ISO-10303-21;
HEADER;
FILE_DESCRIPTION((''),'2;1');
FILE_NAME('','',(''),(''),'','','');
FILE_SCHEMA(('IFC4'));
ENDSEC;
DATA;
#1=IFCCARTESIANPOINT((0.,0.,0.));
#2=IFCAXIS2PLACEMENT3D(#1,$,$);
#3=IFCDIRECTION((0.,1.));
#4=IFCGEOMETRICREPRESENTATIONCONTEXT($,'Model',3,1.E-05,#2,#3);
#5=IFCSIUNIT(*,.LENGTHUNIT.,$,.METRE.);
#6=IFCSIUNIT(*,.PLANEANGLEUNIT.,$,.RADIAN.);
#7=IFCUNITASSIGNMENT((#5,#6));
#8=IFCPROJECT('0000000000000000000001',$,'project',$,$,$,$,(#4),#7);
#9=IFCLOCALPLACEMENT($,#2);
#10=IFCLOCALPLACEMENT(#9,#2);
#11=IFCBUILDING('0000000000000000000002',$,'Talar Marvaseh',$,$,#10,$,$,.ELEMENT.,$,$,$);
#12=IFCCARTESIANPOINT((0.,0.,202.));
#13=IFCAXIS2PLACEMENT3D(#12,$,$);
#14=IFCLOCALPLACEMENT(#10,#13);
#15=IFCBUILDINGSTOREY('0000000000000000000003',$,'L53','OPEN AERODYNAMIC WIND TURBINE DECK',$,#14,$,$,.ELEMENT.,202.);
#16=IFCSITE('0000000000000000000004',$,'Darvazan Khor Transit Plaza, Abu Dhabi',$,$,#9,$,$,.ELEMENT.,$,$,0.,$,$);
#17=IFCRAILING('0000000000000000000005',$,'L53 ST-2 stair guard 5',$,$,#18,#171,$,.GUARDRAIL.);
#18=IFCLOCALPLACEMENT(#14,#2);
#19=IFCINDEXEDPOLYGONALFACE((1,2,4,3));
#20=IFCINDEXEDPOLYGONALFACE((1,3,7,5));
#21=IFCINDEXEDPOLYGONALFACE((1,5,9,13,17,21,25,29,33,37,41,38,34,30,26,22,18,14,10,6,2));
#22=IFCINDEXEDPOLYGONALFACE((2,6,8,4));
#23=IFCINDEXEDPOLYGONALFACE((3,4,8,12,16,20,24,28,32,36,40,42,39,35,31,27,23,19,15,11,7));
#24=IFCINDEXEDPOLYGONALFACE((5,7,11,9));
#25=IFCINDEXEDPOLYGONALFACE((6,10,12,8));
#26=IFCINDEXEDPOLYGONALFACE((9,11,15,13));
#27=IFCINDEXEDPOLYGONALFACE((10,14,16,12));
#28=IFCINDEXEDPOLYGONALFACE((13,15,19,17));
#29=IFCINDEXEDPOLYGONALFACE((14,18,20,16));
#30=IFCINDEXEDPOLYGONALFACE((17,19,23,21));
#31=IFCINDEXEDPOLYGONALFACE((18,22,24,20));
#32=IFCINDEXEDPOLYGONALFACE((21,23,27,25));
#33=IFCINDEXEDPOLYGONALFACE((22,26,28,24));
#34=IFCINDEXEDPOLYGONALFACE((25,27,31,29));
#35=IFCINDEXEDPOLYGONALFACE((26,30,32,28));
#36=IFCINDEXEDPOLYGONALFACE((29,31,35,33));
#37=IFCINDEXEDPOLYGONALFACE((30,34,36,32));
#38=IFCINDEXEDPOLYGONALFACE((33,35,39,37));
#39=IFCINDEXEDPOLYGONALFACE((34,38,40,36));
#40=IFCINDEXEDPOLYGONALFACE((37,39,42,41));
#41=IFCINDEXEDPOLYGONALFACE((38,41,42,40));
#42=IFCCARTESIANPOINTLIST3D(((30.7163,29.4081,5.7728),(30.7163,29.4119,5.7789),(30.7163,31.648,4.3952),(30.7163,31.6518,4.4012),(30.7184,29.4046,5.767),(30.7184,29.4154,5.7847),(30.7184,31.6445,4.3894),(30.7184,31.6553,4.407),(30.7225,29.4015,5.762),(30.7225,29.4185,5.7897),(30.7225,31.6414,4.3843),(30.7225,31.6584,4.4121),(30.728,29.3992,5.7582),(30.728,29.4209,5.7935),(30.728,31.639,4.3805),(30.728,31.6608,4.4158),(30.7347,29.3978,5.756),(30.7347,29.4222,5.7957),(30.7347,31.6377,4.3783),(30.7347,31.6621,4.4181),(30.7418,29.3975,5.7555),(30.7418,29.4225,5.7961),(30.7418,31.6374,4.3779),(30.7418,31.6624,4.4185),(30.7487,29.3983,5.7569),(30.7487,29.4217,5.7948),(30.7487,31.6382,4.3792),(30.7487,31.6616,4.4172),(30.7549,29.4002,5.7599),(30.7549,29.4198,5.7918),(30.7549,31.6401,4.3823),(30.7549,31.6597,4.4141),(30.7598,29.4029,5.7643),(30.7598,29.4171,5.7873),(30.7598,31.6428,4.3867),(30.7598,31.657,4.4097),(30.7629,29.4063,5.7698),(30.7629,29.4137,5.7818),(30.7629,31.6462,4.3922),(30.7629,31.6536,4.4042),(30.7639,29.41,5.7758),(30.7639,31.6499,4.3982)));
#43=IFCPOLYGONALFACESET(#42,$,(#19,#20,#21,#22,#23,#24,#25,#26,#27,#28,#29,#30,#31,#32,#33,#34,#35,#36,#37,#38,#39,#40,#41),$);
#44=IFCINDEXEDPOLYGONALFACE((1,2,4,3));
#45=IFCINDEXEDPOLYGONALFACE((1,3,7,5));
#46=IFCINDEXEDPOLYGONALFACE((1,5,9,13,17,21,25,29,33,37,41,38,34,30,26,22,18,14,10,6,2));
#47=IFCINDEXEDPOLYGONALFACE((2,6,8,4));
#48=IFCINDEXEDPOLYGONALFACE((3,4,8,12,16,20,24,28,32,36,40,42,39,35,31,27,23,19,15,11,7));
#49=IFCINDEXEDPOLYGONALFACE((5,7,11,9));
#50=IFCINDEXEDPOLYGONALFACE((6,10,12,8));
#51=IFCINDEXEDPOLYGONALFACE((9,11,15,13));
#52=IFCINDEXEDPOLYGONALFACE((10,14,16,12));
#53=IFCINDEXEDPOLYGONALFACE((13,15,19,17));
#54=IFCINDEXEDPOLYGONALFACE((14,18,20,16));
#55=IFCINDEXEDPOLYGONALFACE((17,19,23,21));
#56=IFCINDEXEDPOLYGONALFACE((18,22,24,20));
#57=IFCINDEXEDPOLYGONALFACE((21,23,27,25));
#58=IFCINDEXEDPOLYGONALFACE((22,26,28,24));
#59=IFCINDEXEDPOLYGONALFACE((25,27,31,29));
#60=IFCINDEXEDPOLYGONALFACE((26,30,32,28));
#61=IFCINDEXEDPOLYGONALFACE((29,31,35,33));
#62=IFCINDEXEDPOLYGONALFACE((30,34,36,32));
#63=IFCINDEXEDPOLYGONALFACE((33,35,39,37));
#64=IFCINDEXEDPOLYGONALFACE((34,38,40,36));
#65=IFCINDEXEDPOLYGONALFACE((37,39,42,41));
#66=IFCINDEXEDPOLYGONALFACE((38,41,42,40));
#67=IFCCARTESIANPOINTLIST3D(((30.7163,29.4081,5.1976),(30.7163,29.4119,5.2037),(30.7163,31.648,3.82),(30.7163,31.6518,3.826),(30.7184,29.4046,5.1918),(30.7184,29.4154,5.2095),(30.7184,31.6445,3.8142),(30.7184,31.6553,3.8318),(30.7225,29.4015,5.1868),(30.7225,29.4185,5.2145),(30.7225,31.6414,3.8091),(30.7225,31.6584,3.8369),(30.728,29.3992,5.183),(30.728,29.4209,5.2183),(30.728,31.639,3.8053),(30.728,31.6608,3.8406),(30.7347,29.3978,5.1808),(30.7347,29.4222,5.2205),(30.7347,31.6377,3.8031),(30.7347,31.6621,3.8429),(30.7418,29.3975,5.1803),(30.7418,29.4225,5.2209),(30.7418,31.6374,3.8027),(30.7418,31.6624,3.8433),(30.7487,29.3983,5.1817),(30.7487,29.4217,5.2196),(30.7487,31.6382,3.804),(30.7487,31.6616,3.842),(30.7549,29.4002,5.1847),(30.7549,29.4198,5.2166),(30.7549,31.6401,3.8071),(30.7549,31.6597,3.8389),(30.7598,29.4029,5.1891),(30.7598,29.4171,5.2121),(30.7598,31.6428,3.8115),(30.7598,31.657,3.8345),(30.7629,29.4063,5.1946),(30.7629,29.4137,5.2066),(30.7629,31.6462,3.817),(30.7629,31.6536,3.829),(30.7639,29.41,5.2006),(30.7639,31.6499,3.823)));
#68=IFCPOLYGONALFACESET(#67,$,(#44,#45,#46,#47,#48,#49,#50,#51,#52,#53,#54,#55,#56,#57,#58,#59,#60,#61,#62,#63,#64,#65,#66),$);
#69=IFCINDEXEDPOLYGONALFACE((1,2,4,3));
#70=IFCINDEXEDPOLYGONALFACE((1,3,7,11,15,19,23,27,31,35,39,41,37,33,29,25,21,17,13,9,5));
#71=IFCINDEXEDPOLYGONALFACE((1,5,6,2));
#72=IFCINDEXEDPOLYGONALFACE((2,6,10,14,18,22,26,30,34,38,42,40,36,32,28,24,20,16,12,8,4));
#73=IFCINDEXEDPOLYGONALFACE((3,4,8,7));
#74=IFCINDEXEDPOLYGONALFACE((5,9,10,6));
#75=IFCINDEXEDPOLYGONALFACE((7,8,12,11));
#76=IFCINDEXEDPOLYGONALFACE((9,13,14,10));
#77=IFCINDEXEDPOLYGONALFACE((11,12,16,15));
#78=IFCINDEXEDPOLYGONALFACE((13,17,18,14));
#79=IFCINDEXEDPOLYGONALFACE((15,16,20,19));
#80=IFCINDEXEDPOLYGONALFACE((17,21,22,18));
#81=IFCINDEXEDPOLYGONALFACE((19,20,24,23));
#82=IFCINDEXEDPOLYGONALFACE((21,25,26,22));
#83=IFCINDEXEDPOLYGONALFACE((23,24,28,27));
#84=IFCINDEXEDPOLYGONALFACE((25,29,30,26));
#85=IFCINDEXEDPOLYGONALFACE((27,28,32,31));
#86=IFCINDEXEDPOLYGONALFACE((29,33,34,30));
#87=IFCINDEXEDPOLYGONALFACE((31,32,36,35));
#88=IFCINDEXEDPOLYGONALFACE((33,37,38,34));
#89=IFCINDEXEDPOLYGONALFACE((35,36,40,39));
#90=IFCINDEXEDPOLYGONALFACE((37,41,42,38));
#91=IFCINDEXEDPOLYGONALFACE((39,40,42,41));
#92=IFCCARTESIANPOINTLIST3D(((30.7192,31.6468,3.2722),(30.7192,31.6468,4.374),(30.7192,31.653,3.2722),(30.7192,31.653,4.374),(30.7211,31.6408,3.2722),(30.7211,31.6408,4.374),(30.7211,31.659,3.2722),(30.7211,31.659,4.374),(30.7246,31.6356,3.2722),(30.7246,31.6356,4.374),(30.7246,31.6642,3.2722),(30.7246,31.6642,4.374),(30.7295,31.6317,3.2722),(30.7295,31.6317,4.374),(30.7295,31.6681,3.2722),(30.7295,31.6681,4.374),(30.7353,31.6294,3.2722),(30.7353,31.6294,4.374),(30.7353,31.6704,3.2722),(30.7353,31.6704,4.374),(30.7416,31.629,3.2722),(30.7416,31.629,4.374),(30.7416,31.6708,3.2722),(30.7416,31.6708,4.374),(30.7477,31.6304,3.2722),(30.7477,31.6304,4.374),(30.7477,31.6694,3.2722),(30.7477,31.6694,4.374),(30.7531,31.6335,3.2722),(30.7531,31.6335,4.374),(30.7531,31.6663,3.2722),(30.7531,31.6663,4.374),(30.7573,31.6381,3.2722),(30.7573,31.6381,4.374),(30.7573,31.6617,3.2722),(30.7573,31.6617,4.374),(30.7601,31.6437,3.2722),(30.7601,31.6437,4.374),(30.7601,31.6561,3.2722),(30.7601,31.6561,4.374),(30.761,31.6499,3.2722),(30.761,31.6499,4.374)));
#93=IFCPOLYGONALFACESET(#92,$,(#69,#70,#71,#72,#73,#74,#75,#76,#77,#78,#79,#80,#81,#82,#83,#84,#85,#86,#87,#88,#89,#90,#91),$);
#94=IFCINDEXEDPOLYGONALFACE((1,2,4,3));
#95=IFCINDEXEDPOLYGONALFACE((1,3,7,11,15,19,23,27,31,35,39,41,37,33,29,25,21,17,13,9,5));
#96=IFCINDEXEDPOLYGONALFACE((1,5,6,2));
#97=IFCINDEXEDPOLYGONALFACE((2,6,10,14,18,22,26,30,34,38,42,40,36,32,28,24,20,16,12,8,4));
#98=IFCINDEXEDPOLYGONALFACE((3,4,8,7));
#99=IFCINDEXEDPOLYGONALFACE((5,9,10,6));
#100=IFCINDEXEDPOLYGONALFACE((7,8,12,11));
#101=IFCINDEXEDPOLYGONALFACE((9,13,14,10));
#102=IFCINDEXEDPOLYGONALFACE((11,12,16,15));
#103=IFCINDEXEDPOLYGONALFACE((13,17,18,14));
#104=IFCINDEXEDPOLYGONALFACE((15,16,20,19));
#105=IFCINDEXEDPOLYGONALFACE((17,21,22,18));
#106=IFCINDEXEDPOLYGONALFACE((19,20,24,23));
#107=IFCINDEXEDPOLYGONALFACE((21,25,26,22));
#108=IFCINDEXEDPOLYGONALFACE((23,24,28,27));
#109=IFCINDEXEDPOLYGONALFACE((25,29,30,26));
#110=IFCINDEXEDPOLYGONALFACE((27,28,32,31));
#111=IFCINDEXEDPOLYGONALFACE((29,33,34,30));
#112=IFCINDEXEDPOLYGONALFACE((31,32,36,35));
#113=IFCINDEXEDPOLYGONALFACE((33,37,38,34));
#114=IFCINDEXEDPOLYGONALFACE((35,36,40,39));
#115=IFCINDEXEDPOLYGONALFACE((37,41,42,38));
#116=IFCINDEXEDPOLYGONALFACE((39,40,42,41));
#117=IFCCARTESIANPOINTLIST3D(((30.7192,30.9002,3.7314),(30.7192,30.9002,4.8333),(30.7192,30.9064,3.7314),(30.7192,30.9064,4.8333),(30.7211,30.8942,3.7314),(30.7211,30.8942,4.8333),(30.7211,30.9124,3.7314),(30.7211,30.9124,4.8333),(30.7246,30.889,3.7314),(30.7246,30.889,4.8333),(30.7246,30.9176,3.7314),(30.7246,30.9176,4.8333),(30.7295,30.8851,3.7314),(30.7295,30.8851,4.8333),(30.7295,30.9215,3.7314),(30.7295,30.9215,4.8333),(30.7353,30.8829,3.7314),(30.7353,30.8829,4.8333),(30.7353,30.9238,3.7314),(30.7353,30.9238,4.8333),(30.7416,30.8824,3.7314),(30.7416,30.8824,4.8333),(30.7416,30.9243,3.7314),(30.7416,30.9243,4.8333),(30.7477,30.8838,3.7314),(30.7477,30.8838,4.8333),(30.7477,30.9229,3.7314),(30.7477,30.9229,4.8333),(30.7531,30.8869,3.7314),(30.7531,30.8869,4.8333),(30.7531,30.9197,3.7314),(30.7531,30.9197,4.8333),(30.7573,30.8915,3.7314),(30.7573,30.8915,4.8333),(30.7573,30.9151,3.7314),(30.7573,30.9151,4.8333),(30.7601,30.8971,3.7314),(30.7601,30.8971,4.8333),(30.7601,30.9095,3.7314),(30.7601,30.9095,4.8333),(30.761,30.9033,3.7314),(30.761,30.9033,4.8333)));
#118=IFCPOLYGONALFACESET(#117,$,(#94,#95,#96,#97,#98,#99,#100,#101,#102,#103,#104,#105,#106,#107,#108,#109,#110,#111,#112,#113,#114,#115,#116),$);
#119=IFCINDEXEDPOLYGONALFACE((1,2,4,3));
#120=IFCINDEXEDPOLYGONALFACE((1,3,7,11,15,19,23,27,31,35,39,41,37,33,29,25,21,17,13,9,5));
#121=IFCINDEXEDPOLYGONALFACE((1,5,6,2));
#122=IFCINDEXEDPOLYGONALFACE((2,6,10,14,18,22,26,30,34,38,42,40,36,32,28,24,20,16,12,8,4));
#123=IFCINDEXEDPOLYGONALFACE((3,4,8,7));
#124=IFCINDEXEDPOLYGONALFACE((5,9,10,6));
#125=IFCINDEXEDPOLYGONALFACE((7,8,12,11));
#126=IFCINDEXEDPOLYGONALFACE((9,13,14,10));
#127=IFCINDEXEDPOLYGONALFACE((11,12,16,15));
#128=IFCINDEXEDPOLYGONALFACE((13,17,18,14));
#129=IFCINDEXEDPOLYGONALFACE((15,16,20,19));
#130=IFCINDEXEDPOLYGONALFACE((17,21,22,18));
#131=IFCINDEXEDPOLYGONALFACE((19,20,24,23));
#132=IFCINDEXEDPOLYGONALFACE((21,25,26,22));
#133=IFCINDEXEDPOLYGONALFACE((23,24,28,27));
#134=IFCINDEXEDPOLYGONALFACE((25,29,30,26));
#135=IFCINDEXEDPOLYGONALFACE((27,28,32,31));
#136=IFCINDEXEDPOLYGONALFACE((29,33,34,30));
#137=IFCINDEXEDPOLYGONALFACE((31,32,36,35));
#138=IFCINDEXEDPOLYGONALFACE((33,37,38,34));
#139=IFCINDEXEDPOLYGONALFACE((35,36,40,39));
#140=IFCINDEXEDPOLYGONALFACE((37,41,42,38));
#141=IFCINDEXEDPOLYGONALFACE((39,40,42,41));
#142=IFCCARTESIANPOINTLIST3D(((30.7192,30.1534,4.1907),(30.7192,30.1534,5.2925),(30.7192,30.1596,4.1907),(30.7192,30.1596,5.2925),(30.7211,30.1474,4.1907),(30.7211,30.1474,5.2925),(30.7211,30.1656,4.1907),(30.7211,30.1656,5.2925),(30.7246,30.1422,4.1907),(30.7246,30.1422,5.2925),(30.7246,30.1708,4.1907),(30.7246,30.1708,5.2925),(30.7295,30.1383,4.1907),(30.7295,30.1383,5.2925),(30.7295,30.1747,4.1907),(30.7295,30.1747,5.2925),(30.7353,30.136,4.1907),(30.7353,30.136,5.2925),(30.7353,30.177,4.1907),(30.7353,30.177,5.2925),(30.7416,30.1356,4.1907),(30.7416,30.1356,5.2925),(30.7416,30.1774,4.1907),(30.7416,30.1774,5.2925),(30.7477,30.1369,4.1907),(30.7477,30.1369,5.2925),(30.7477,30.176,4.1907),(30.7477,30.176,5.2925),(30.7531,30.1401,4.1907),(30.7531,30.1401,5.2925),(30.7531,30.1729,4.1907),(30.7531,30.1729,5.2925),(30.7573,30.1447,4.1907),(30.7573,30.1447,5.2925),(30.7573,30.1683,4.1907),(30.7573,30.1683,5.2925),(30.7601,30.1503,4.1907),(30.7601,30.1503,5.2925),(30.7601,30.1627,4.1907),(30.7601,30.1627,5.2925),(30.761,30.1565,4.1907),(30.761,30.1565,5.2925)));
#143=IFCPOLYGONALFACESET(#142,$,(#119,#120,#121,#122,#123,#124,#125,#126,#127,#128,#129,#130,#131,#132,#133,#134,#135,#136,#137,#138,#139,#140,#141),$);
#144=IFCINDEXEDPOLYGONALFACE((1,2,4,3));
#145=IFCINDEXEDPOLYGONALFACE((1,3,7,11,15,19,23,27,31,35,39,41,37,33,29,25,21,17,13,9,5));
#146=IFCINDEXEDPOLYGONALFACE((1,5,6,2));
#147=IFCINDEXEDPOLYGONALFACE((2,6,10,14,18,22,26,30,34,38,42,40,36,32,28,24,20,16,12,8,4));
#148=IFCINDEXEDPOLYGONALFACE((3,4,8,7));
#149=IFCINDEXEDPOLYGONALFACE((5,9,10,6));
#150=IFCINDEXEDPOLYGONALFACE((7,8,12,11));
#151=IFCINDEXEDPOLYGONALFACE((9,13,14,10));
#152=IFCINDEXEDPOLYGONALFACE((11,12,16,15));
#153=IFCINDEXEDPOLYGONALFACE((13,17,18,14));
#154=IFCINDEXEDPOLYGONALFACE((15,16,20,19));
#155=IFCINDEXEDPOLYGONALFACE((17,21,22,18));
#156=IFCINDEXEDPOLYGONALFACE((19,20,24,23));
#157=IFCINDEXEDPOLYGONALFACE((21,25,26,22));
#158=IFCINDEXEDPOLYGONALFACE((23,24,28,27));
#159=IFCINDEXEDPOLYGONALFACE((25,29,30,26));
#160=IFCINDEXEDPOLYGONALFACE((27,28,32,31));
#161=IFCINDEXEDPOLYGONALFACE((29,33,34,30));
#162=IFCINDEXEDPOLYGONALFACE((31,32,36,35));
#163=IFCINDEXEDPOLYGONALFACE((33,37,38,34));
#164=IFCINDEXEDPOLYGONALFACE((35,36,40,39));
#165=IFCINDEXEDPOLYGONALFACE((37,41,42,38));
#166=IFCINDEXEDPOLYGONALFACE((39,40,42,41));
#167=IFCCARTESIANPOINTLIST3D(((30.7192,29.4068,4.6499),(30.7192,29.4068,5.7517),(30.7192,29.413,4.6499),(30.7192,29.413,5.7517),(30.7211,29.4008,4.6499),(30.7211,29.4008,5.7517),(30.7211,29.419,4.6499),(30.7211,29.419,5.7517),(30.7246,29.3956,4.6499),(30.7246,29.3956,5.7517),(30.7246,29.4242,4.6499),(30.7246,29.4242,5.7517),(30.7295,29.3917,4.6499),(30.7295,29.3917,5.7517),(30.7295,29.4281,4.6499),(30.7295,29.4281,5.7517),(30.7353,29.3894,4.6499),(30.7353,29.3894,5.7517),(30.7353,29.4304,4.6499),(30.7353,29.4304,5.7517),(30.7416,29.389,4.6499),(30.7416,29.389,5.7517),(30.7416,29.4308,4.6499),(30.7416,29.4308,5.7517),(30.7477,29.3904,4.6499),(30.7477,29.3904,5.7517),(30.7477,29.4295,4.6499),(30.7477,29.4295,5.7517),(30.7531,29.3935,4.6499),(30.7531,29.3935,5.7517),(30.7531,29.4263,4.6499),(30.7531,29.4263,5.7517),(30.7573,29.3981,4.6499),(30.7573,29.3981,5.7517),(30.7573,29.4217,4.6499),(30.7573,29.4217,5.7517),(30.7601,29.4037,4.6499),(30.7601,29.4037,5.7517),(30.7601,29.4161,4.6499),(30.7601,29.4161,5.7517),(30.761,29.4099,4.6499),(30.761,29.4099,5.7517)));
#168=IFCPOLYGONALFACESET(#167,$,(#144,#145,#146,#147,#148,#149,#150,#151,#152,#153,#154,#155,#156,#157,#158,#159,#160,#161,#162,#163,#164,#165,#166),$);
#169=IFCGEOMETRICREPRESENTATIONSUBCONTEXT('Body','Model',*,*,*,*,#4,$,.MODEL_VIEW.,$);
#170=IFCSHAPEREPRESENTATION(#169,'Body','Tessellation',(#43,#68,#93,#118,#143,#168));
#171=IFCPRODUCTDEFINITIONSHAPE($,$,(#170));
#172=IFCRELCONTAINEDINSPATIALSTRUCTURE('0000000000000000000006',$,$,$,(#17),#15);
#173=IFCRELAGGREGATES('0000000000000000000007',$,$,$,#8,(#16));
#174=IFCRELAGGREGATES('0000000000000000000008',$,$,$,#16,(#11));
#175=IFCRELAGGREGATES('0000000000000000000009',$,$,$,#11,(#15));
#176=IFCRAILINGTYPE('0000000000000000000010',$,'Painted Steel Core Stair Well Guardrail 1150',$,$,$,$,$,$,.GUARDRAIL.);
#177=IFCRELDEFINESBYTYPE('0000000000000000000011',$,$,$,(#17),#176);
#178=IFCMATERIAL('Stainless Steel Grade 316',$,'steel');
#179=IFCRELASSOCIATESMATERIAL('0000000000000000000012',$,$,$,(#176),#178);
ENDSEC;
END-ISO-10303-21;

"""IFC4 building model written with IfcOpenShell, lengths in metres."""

from ifc_helpers import new_model, si_unit, direction, frame, origin, origin_2d, place, context, subcontext, project, spatial, circle, extrude, material, type_object, element, save


model = new_model("IFC4")

# Units and contexts
model_context = context("Model", 3, precision=1e-05, world=origin(), true_north=direction((0.0, 1.0)))
body_context = subcontext(model_context, "Body", "Model", "MODEL_VIEW")
ifc_project = project(units=[si_unit("LENGTHUNIT", "METRE"), si_unit("PLANEANGLEUNIT", "RADIAN")], contexts=[model_context])

# Site, building, storey
site_placement = place(None, origin())
site = spatial("IfcSite", under=ifc_project, at=site_placement, Name="Darvazan Khor Transit Plaza, Abu Dhabi", CompositionType="ELEMENT", RefElevation=0.0)
building_placement = place(site_placement, origin())
building = spatial("IfcBuilding", under=site, at=building_placement, Name="Talar Marvaseh", CompositionType="ELEMENT")
storey_placement = place(building_placement, frame((0.0, 0.0, 202.0)))
storey = spatial("IfcBuildingStorey", under=building, at=storey_placement, Name="L53", Description="OPEN AERODYNAMIC WIND TURBINE DECK", CompositionType="ELEMENT", Elevation=202.0)

# Railing
ifc_material_1 = material(Name="Stainless Steel Grade 316", Category="steel")
railing_type_1 = type_object("IfcRailingType", Name="Painted Steel Core Stair Well Guardrail 1150", PredefinedType="GUARDRAIL", material=ifc_material_1)
railing_1_placement = place(storey_placement, frame((30.74, 31.6499, 3.2722)))
element("IfcRailing", 1, at=railing_1_placement, inside=storey, type_object=railing_type_1, Name="L53 ST-2 stair guard 5", PredefinedType="GUARDRAIL", context=body_context, shape_type="SweptSolid", body=[
    extrude(circle(Radius=0.0239, at=origin_2d()), frame((0.0, 0.0, 1.126), z_axis=(0.0, -0.851789, 0.523885), x_axis=(1.0, 0.0, 0.0)), (0.0, 0.0, 1.0), 2.6296),
    extrude(circle(Radius=0.0239, at=origin_2d()), frame((0.0, 0.0, 0.5508), z_axis=(0.0, -0.851789, 0.523885), x_axis=(1.0, 0.0, 0.0)), (0.0, 0.0, 1.0), 2.6296),
    extrude(circle(Radius=0.021, at=origin_2d()), origin(), (0.0, 0.0, 1.0), 1.1018),
    extrude(circle(Radius=0.021, at=origin_2d()), frame((0.0, -0.7466, 0.4592)), (0.0, 0.0, 1.0), 1.1018),
    extrude(circle(Radius=0.021, at=origin_2d()), frame((0.0, -1.4934, 0.9185)), (0.0, 0.0, 1.0), 1.1018),
    extrude(circle(Radius=0.021, at=origin_2d()), frame((0.0, -2.24, 1.3777)), (0.0, 0.0, 1.0), 1.1018),
])

save(model, "model.ifc")
